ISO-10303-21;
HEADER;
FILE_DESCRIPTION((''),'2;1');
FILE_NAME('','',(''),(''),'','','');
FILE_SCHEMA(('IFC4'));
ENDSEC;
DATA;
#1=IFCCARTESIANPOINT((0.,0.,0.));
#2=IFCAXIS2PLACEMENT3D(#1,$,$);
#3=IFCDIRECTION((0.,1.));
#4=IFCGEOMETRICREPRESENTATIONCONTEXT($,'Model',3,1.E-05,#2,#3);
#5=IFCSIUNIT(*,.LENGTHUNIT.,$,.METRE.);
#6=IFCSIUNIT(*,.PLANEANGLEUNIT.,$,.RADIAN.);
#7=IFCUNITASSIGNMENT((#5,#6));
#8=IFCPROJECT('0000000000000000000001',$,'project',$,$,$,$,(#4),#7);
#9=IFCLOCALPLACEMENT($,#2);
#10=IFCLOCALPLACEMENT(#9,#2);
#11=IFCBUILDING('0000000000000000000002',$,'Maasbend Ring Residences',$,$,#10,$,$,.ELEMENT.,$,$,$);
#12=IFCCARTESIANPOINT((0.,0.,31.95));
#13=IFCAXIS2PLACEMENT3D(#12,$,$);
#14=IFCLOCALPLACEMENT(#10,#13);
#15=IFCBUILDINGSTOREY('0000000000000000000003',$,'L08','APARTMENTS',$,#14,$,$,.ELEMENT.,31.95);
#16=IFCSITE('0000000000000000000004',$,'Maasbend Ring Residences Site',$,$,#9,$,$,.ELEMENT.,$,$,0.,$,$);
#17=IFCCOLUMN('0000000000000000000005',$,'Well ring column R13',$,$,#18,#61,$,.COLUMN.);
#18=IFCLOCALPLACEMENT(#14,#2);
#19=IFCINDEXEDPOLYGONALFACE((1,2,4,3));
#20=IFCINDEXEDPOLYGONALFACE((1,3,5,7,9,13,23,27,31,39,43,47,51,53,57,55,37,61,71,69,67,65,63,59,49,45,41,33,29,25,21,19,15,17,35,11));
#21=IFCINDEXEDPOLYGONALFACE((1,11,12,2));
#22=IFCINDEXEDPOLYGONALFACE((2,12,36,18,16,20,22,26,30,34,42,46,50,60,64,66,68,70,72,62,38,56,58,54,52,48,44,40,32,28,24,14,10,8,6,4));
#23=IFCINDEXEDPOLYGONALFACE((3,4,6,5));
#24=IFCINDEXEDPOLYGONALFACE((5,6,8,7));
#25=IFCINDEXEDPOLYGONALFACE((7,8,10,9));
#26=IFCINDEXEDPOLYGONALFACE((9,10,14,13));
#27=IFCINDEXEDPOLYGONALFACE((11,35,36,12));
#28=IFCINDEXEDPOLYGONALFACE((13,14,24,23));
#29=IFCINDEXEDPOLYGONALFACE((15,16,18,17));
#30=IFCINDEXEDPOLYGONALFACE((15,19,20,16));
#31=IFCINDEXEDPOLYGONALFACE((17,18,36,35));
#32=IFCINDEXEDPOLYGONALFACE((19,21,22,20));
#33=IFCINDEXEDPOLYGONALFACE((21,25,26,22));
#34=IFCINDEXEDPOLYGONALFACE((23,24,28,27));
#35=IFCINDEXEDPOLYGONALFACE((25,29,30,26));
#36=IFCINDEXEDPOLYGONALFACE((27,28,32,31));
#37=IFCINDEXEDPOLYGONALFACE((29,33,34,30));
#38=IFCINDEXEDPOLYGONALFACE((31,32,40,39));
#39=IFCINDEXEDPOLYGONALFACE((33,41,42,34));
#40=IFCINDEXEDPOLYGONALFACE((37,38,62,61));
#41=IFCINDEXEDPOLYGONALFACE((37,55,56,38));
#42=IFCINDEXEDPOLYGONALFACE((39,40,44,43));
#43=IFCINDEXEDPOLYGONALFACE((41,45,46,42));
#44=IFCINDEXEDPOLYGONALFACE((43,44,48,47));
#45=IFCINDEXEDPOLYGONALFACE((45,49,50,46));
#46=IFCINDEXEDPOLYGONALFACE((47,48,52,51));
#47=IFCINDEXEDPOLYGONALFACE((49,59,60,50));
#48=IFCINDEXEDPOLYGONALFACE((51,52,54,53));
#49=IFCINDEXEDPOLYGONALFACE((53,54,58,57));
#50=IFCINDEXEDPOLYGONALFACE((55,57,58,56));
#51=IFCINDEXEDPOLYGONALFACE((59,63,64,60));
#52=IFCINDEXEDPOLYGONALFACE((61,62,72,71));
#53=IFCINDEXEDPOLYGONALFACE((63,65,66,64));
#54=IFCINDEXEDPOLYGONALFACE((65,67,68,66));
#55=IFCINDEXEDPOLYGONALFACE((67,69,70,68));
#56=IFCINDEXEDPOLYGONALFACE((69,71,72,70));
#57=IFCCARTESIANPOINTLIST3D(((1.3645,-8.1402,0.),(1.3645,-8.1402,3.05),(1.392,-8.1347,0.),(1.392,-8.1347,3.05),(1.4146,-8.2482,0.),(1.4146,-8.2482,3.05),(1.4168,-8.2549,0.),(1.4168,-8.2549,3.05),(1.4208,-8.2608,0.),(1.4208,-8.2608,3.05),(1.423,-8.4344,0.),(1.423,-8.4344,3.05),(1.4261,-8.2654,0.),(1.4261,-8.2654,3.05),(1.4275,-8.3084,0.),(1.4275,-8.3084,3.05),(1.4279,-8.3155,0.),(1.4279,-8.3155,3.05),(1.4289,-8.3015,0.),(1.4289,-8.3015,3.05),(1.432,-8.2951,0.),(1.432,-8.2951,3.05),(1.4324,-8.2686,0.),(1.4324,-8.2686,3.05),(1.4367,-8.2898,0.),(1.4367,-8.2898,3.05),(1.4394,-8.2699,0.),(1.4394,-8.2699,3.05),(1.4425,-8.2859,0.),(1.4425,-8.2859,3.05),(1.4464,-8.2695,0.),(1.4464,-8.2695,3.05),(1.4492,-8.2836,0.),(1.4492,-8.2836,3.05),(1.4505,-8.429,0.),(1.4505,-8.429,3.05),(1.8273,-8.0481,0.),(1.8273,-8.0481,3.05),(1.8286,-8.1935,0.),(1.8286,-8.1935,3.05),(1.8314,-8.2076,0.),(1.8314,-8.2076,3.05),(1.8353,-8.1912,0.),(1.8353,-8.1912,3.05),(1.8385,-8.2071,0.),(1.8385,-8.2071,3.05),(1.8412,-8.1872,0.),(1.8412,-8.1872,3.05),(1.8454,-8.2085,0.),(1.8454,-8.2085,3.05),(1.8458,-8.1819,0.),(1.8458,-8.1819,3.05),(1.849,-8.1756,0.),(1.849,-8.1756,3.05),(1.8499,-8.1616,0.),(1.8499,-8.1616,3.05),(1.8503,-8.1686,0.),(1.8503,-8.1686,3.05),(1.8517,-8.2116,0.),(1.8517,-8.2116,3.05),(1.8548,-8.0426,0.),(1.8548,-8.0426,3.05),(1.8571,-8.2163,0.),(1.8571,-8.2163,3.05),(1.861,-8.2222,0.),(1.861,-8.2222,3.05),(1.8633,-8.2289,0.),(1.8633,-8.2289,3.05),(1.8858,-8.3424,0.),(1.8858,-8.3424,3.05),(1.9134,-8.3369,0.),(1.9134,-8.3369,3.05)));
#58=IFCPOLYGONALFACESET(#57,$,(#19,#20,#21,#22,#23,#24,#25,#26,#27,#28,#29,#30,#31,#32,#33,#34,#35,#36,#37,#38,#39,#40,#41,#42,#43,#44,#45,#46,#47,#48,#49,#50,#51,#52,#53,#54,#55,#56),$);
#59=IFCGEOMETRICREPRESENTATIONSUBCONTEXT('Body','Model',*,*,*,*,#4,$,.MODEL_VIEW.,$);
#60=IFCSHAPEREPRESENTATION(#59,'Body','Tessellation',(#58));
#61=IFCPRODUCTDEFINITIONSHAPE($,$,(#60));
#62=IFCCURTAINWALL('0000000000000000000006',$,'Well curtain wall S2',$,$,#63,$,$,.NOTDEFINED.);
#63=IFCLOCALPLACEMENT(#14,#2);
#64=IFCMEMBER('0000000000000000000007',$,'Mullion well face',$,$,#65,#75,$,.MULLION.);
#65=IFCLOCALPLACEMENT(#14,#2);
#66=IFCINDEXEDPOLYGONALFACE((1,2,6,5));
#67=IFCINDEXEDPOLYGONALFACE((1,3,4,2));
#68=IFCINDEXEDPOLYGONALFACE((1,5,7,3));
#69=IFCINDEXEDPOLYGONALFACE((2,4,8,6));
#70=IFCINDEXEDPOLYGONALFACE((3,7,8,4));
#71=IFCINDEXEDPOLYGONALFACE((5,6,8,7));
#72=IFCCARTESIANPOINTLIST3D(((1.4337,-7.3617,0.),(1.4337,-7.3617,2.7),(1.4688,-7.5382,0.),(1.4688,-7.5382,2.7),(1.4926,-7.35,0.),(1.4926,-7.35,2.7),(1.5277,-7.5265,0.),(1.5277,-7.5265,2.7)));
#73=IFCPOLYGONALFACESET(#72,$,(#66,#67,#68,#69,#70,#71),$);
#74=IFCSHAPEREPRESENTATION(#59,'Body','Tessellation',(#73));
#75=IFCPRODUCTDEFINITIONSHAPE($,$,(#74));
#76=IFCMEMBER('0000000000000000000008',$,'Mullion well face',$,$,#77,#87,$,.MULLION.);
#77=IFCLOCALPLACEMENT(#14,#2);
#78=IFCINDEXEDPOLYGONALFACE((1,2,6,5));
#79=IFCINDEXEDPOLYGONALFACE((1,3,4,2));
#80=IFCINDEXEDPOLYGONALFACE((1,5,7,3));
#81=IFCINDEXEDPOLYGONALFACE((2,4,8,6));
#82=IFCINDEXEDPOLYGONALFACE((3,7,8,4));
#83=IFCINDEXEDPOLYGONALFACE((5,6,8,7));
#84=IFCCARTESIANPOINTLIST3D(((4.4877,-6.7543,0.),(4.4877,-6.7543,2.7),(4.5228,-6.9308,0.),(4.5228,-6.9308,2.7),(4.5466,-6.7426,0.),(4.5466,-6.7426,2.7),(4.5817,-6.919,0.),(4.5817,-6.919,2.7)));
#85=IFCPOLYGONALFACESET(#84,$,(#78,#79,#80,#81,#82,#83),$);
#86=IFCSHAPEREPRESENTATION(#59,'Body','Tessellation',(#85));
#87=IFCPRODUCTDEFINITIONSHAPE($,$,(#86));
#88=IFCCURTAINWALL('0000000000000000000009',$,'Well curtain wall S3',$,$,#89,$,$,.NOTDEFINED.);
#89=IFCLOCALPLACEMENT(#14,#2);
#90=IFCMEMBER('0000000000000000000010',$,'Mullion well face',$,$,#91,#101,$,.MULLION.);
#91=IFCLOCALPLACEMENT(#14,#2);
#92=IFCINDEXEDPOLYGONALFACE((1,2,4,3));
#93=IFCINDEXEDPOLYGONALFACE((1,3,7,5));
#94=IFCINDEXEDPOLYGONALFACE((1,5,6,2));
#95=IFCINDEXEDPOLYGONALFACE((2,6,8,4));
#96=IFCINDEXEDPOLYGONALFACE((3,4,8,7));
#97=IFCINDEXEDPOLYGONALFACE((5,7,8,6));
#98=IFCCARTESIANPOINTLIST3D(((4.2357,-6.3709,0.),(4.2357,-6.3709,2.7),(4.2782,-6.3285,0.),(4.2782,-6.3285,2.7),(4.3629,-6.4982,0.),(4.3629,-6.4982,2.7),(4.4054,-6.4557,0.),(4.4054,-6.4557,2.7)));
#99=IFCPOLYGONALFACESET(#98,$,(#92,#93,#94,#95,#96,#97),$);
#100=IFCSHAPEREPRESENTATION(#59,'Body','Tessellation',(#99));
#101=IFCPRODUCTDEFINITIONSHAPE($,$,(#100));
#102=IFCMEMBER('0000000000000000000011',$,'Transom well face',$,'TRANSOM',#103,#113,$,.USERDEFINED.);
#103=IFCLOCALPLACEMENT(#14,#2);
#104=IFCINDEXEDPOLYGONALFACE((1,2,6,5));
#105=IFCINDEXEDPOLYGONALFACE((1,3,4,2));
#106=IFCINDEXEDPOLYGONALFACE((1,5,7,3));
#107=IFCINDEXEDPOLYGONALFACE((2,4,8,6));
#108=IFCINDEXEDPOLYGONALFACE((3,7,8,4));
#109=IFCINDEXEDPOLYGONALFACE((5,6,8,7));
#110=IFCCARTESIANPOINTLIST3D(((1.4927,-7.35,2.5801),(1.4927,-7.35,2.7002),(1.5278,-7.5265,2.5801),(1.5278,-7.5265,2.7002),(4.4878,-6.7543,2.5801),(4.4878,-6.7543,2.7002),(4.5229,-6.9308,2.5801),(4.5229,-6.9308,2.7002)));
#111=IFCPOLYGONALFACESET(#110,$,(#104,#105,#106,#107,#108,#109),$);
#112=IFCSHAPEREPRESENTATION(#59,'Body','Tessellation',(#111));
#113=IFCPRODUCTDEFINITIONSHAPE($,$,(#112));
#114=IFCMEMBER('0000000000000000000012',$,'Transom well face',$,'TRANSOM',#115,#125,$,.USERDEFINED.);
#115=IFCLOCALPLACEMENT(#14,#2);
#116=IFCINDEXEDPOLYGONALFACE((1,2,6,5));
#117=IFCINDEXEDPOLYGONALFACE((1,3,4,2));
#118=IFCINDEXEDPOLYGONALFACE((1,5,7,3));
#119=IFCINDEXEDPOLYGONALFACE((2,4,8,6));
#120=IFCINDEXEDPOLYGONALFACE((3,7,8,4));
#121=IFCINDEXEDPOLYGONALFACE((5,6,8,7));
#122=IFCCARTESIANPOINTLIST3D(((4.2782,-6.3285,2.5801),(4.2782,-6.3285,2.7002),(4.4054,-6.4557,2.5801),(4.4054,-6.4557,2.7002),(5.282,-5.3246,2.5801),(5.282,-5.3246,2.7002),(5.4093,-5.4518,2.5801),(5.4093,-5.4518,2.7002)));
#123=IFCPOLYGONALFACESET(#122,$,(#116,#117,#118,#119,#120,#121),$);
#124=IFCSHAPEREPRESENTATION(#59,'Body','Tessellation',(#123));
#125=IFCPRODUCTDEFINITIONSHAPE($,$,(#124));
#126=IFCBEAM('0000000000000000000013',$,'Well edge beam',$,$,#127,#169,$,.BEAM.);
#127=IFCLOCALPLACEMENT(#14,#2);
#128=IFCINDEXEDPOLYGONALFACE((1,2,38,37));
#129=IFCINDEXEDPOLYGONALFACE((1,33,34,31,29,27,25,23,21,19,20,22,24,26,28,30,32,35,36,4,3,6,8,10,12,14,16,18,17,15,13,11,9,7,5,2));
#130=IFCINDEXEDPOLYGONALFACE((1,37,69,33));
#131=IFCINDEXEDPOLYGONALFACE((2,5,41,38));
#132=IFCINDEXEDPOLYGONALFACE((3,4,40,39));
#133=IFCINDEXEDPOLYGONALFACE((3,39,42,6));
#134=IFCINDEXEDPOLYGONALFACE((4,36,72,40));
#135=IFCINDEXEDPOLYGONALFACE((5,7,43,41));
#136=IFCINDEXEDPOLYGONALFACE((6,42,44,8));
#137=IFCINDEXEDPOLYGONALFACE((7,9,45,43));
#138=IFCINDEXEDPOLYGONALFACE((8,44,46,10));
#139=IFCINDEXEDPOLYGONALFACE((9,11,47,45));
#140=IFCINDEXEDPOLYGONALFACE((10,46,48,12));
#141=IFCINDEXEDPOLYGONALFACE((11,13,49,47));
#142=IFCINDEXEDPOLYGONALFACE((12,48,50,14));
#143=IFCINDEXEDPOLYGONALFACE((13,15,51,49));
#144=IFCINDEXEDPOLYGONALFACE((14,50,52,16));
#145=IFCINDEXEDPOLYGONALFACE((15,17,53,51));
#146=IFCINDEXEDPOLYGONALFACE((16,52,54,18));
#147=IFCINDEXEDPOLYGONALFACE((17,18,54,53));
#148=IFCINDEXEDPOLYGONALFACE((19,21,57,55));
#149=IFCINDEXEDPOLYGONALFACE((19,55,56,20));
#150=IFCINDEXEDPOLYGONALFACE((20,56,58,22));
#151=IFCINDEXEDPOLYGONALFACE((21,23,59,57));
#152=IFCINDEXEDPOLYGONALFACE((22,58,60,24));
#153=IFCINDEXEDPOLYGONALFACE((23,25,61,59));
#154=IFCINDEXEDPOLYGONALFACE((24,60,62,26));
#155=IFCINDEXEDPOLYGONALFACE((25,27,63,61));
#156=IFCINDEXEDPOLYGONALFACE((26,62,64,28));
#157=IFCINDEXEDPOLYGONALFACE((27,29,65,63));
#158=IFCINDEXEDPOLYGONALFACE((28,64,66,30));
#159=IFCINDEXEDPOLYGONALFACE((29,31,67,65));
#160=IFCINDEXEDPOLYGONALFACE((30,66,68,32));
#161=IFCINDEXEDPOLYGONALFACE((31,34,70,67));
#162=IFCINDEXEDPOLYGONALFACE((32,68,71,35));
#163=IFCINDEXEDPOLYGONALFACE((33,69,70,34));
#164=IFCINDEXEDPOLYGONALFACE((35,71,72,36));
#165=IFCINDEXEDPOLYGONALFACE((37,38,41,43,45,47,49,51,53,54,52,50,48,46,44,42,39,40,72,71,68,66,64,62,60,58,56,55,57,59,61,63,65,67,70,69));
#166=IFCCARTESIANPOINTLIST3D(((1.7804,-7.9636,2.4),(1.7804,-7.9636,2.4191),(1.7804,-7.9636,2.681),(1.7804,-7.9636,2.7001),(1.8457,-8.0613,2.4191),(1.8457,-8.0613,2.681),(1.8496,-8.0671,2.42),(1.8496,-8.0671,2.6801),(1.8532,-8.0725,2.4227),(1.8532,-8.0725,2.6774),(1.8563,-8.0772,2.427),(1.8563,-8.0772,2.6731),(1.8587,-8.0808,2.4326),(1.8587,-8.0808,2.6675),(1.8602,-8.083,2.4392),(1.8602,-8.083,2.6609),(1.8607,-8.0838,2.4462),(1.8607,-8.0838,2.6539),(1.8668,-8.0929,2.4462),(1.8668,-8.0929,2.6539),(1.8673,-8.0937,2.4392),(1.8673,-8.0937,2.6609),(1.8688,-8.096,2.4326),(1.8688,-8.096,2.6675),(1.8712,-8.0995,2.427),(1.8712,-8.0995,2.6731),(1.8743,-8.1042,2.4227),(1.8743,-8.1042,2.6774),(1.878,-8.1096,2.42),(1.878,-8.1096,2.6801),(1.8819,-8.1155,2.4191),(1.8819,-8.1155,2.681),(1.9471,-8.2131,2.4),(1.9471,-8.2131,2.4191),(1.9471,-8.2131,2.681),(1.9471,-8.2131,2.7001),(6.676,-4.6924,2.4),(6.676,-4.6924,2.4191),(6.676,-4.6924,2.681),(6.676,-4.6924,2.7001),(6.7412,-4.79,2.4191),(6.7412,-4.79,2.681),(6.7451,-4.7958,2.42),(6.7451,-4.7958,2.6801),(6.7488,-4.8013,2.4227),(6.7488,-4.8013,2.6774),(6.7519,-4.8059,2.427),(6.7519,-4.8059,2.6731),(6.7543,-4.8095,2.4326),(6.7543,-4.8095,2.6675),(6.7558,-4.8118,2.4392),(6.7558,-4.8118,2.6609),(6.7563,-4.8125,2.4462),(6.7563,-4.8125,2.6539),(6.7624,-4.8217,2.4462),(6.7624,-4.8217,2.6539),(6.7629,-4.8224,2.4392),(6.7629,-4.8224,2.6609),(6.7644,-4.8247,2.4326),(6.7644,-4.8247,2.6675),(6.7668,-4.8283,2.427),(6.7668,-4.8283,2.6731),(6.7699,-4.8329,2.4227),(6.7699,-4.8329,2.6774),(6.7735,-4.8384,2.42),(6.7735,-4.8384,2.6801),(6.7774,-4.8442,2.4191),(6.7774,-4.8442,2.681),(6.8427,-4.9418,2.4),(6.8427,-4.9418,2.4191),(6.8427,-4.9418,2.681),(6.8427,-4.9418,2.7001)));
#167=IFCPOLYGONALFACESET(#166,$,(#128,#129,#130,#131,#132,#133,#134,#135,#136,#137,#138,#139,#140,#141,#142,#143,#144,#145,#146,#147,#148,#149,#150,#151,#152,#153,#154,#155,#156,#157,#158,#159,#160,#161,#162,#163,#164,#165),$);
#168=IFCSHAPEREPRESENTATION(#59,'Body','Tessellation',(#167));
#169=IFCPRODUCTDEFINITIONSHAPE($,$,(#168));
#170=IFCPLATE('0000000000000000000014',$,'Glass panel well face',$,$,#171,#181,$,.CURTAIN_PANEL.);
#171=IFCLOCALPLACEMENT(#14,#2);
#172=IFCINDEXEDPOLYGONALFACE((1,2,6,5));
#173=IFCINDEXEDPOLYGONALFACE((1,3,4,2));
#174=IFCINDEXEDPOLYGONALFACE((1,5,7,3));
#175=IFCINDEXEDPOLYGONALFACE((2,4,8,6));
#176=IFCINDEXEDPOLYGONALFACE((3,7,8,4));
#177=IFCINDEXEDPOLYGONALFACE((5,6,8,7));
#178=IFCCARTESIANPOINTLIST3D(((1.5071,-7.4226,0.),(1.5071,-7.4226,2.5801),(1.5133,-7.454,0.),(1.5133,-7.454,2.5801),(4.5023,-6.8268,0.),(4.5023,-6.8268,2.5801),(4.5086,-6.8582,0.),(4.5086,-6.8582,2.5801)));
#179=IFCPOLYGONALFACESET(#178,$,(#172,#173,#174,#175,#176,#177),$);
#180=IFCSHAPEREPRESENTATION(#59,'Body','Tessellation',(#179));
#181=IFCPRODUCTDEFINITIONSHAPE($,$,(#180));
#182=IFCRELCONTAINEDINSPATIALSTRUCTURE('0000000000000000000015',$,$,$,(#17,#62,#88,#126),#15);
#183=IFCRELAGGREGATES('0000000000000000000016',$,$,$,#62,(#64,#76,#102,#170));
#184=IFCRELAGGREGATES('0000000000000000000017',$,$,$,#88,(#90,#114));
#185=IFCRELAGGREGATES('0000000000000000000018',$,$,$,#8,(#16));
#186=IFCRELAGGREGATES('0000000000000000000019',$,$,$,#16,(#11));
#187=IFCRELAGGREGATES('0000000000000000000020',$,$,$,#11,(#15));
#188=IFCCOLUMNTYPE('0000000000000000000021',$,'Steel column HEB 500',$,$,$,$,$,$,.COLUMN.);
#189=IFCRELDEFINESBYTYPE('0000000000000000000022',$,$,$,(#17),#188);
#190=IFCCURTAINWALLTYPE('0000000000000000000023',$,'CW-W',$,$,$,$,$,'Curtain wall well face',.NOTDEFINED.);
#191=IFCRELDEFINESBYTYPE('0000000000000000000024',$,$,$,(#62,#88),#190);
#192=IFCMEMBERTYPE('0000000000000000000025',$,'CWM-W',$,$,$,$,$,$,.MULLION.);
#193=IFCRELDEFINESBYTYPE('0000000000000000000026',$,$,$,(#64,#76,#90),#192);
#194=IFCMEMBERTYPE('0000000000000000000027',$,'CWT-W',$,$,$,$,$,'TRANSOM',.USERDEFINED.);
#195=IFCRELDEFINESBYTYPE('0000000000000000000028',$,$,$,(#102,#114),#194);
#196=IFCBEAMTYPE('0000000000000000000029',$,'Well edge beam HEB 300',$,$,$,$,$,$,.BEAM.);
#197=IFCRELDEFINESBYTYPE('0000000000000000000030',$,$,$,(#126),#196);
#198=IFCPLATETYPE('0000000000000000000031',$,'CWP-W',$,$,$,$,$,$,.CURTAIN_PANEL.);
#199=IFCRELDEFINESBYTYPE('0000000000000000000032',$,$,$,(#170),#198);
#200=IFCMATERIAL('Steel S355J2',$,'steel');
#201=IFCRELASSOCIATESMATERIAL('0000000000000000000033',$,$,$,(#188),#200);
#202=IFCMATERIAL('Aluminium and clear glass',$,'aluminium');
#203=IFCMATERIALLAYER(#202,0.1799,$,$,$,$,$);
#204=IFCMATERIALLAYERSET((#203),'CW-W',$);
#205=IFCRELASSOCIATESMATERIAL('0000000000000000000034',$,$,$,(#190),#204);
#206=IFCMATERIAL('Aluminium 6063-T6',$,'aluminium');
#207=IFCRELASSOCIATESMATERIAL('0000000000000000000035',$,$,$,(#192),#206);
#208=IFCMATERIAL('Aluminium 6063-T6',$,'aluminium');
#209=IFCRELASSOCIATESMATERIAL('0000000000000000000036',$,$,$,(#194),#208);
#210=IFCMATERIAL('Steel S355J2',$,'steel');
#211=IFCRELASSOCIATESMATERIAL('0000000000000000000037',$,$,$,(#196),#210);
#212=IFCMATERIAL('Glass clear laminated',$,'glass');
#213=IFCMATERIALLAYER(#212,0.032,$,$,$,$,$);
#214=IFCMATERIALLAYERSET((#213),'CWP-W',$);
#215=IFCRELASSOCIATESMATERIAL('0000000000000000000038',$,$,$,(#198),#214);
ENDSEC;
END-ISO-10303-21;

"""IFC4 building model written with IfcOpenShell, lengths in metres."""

from ifc_helpers import new_model, si_unit, direction, frame, origin, origin_2d, place, context, subcontext, project, spatial, rectangle, i_section, extrude, material, layer, layer_set, material_profile, profile_set, type_object, element, aggregate, save


model = new_model("IFC4")

# Units and contexts
model_context = context("Model", 3, precision=1e-05, world=origin(), true_north=direction((0.0, 1.0)))
body_context = subcontext(model_context, "Body", "Model", "MODEL_VIEW")
ifc_project = project(units=[si_unit("LENGTHUNIT", "METRE"), si_unit("PLANEANGLEUNIT", "RADIAN")], contexts=[model_context])

# Site, building, storey
site_placement = place(None, origin())
site = spatial("IfcSite", under=ifc_project, at=site_placement, Name="Maasbend Ring Residences Site", CompositionType="ELEMENT", RefElevation=0.0)
building_placement = place(site_placement, origin())
building = spatial("IfcBuilding", under=site, at=building_placement, Name="Maasbend Ring Residences", CompositionType="ELEMENT")
storey_placement = place(building_placement, frame((0.0, 0.0, 31.95)))
storey = spatial("IfcBuildingStorey", under=building, at=storey_placement, Name="L08", Description="APARTMENTS", CompositionType="ELEMENT", Elevation=31.95)

# Column
ifc_material_1 = material(Name="Steel S355J2", Category="steel")
ifc_material_profile_1 = material_profile(ifc_material_1, i_section(OverallWidth=0.3, OverallDepth=0.5, WebThickness=0.0144, FlangeThickness=0.0281, FilletRadius=0.0271, at=origin_2d()), Name="HEB 500")
ifc_profile_set_1 = profile_set([ifc_material_profile_1], Name="Steel S355J2")
column_type = type_object("IfcColumnType", Name="Steel column HEB 500", PredefinedType="COLUMN", material=ifc_profile_set_1)
column_placement = place(storey_placement, frame((1.6389, -8.2385, 0.0), z_axis=(0.0, 0.0, 1.0), x_axis=(0.19509, -0.980785, 0.0)))
element("IfcColumn", 1, at=column_placement, inside=storey, type_object=column_type, Name="Well ring column R13", PredefinedType="COLUMN", context=body_context, shape_type="SweptSolid", body=[
    extrude(i_section(OverallWidth=0.3, OverallDepth=0.5, WebThickness=0.0144, FlangeThickness=0.0281, FilletRadius=0.0271, at=origin_2d()), origin(), (0.0, 0.0, 1.0), 3.05),
])

# Curtain wall, members
ifc_material_2 = material(Name="Aluminium and clear glass", Category="aluminium")
ifc_layer_1 = layer(ifc_material_2, 0.1799)
ifc_layer_set_1 = layer_set([ifc_layer_1], Name="CW-W")
curtain_wall_type = type_object("IfcCurtainWallType", Name="CW-W", ElementType="Curtain wall well face", PredefinedType="NOTDEFINED", material=ifc_layer_set_1)
curtain_wall_1_placement = place(storey_placement, origin())
curtain_wall_1 = element("IfcCurtainWall", 2, at=curtain_wall_1_placement, inside=storey, type_object=curtain_wall_type, Name="Well curtain wall S2", PredefinedType="NOTDEFINED")
ifc_material_3 = material(Name="Aluminium 6063-T6", Category="aluminium")
ifc_material_profile_2 = material_profile(ifc_material_3, rectangle(XDim=0.1799, YDim=0.0601, at=origin_2d()), Name="AL 180x60")
ifc_profile_set_2 = profile_set([ifc_material_profile_2], Name="Aluminium 6063-T6")
member_type_1 = type_object("IfcMemberType", Name="CWM-W", PredefinedType="MULLION", material=ifc_profile_set_2)
member_1_placement = place(storey_placement, frame((1.4807, -7.4441, 0.0), z_axis=(0.0, 0.0, 1.0), x_axis=(-0.19509, 0.980785, 0.0)))
member_1 = element("IfcMember", 3, at=member_1_placement, type_object=member_type_1, Name="Mullion well face", PredefinedType="MULLION", context=body_context, shape_type="SweptSolid", body=[
    extrude(rectangle(XDim=0.1799, YDim=0.0601, at=origin_2d()), origin(), (0.0, 0.0, 1.0), 2.7),
])
member_2_placement = place(storey_placement, frame((4.5347, -6.8367, 0.0), z_axis=(0.0, 0.0, 1.0), x_axis=(-0.19509, 0.980785, 0.0)))
member_2 = element("IfcMember", 4, at=member_2_placement, type_object=member_type_1, Name="Mullion well face", PredefinedType="MULLION", context=body_context, shape_type="SweptSolid", body=[
    extrude(rectangle(XDim=0.1799, YDim=0.0601, at=origin_2d()), origin(), (0.0, 0.0, 1.0), 2.7),
])

# Curtain wall, member
curtain_wall_2_placement = place(storey_placement, origin())
curtain_wall_2 = element("IfcCurtainWall", 5, at=curtain_wall_2_placement, inside=storey, type_object=curtain_wall_type, Name="Well curtain wall S3", PredefinedType="NOTDEFINED")
member_3_placement = place(storey_placement, frame((4.3206, -6.4133, 0.0), z_axis=(0.0, 0.0, 1.0), x_axis=(-0.707107, 0.707107, 0.0)))
member_3 = element("IfcMember", 6, at=member_3_placement, type_object=member_type_1, Name="Mullion well face", PredefinedType="MULLION", context=body_context, shape_type="SweptSolid", body=[
    extrude(rectangle(XDim=0.1799, YDim=0.0601, at=origin_2d()), origin(), (0.0, 0.0, 1.0), 2.7),
])

# Members
ifc_material_4 = material(Name="Aluminium 6063-T6", Category="aluminium")
ifc_material_profile_3 = material_profile(ifc_material_4, rectangle(XDim=0.1799, YDim=0.1201, at=origin_2d()), Name="AL 180x120")
ifc_profile_set_3 = profile_set([ifc_material_profile_3], Name="Aluminium 6063-T6")
member_type_2 = type_object("IfcMemberType", Name="CWT-W", ElementType="TRANSOM", PredefinedType="USERDEFINED", material=ifc_profile_set_3)
member_4_placement = place(storey_placement, frame((1.5103, -7.4382, 2.6401), z_axis=(0.980789, 0.195071, 0.0), x_axis=(-0.195071, 0.980789, 0.0)))
member_4 = element("IfcMember", 7, at=member_4_placement, type_object=member_type_2, Name="Transom well face", ObjectType="TRANSOM", PredefinedType="USERDEFINED", context=body_context, shape_type="SweptSolid", body=[
    extrude(rectangle(XDim=0.1799, YDim=0.1201, at=origin_2d()), origin(), (0.0, 0.0, 1.0), 3.0537),
])
member_5_placement = place(storey_placement, frame((4.3418, -6.3921, 2.6401), z_axis=(0.707107, 0.707107, 0.0), x_axis=(-0.707107, 0.707107, 0.0)))
member_5 = element("IfcMember", 8, at=member_5_placement, type_object=member_type_2, Name="Transom well face", ObjectType="TRANSOM", PredefinedType="USERDEFINED", context=body_context, shape_type="SweptSolid", body=[
    extrude(rectangle(XDim=0.1799, YDim=0.1201, at=origin_2d()), origin(), (0.0, 0.0, 1.0), 1.4197),
])

# Beam
ifc_material_5 = material(Name="Steel S355J2", Category="steel")
ifc_material_profile_4 = material_profile(ifc_material_5, i_section(OverallWidth=0.3, OverallDepth=0.3, WebThickness=0.011, FlangeThickness=0.019, FilletRadius=0.0271, at=origin_2d()), Name="HEB 300")
ifc_profile_set_4 = profile_set([ifc_material_profile_4], Name="Steel S355J2")
beam_type = type_object("IfcBeamType", Name="Well edge beam HEB 300", PredefinedType="BEAM", material=ifc_profile_set_4)
beam_placement = place(storey_placement, frame((1.8638, -8.0884, 2.55), z_axis=(0.831457, 0.55559, 0.0), x_axis=(-0.55559, 0.831457, 0.0)))
element("IfcBeam", 9, at=beam_placement, inside=storey, type_object=beam_type, Name="Well edge beam", PredefinedType="BEAM", context=body_context, shape_type="SweptSolid", body=[
    extrude(i_section(OverallWidth=0.3, OverallDepth=0.3, WebThickness=0.011, FlangeThickness=0.019, FilletRadius=0.0271, at=origin_2d()), origin(), (0.0, 0.0, 1.0), 5.8879),
])

# Plate
ifc_material_6 = material(Name="Glass clear laminated", Category="glass")
ifc_layer_2 = layer(ifc_material_6, 0.032)
ifc_layer_set_2 = layer_set([ifc_layer_2], Name="CWP-W")
plate_type = type_object("IfcPlateType", Name="CWP-W", PredefinedType="CURTAIN_PANEL", material=ifc_layer_set_2)
plate_1_placement = place(storey_placement, frame((3.0078, -7.1404, 0.0), z_axis=(0.0, 0.0, 1.0), x_axis=(0.980785, 0.19509, 0.0)))
plate_1 = element("IfcPlate", 10, at=plate_1_placement, type_object=plate_type, Name="Glass panel well face", PredefinedType="CURTAIN_PANEL", context=body_context, shape_type="SweptSolid", body=[
    extrude(rectangle(XDim=3.054, YDim=0.032, at=origin_2d()), origin(), (0.0, 0.0, 1.0), 2.5801),
])
aggregate(curtain_wall_1, [member_1, member_2, member_4, plate_1])
aggregate(curtain_wall_2, [member_3, member_5])

save(model, "model.ifc")
